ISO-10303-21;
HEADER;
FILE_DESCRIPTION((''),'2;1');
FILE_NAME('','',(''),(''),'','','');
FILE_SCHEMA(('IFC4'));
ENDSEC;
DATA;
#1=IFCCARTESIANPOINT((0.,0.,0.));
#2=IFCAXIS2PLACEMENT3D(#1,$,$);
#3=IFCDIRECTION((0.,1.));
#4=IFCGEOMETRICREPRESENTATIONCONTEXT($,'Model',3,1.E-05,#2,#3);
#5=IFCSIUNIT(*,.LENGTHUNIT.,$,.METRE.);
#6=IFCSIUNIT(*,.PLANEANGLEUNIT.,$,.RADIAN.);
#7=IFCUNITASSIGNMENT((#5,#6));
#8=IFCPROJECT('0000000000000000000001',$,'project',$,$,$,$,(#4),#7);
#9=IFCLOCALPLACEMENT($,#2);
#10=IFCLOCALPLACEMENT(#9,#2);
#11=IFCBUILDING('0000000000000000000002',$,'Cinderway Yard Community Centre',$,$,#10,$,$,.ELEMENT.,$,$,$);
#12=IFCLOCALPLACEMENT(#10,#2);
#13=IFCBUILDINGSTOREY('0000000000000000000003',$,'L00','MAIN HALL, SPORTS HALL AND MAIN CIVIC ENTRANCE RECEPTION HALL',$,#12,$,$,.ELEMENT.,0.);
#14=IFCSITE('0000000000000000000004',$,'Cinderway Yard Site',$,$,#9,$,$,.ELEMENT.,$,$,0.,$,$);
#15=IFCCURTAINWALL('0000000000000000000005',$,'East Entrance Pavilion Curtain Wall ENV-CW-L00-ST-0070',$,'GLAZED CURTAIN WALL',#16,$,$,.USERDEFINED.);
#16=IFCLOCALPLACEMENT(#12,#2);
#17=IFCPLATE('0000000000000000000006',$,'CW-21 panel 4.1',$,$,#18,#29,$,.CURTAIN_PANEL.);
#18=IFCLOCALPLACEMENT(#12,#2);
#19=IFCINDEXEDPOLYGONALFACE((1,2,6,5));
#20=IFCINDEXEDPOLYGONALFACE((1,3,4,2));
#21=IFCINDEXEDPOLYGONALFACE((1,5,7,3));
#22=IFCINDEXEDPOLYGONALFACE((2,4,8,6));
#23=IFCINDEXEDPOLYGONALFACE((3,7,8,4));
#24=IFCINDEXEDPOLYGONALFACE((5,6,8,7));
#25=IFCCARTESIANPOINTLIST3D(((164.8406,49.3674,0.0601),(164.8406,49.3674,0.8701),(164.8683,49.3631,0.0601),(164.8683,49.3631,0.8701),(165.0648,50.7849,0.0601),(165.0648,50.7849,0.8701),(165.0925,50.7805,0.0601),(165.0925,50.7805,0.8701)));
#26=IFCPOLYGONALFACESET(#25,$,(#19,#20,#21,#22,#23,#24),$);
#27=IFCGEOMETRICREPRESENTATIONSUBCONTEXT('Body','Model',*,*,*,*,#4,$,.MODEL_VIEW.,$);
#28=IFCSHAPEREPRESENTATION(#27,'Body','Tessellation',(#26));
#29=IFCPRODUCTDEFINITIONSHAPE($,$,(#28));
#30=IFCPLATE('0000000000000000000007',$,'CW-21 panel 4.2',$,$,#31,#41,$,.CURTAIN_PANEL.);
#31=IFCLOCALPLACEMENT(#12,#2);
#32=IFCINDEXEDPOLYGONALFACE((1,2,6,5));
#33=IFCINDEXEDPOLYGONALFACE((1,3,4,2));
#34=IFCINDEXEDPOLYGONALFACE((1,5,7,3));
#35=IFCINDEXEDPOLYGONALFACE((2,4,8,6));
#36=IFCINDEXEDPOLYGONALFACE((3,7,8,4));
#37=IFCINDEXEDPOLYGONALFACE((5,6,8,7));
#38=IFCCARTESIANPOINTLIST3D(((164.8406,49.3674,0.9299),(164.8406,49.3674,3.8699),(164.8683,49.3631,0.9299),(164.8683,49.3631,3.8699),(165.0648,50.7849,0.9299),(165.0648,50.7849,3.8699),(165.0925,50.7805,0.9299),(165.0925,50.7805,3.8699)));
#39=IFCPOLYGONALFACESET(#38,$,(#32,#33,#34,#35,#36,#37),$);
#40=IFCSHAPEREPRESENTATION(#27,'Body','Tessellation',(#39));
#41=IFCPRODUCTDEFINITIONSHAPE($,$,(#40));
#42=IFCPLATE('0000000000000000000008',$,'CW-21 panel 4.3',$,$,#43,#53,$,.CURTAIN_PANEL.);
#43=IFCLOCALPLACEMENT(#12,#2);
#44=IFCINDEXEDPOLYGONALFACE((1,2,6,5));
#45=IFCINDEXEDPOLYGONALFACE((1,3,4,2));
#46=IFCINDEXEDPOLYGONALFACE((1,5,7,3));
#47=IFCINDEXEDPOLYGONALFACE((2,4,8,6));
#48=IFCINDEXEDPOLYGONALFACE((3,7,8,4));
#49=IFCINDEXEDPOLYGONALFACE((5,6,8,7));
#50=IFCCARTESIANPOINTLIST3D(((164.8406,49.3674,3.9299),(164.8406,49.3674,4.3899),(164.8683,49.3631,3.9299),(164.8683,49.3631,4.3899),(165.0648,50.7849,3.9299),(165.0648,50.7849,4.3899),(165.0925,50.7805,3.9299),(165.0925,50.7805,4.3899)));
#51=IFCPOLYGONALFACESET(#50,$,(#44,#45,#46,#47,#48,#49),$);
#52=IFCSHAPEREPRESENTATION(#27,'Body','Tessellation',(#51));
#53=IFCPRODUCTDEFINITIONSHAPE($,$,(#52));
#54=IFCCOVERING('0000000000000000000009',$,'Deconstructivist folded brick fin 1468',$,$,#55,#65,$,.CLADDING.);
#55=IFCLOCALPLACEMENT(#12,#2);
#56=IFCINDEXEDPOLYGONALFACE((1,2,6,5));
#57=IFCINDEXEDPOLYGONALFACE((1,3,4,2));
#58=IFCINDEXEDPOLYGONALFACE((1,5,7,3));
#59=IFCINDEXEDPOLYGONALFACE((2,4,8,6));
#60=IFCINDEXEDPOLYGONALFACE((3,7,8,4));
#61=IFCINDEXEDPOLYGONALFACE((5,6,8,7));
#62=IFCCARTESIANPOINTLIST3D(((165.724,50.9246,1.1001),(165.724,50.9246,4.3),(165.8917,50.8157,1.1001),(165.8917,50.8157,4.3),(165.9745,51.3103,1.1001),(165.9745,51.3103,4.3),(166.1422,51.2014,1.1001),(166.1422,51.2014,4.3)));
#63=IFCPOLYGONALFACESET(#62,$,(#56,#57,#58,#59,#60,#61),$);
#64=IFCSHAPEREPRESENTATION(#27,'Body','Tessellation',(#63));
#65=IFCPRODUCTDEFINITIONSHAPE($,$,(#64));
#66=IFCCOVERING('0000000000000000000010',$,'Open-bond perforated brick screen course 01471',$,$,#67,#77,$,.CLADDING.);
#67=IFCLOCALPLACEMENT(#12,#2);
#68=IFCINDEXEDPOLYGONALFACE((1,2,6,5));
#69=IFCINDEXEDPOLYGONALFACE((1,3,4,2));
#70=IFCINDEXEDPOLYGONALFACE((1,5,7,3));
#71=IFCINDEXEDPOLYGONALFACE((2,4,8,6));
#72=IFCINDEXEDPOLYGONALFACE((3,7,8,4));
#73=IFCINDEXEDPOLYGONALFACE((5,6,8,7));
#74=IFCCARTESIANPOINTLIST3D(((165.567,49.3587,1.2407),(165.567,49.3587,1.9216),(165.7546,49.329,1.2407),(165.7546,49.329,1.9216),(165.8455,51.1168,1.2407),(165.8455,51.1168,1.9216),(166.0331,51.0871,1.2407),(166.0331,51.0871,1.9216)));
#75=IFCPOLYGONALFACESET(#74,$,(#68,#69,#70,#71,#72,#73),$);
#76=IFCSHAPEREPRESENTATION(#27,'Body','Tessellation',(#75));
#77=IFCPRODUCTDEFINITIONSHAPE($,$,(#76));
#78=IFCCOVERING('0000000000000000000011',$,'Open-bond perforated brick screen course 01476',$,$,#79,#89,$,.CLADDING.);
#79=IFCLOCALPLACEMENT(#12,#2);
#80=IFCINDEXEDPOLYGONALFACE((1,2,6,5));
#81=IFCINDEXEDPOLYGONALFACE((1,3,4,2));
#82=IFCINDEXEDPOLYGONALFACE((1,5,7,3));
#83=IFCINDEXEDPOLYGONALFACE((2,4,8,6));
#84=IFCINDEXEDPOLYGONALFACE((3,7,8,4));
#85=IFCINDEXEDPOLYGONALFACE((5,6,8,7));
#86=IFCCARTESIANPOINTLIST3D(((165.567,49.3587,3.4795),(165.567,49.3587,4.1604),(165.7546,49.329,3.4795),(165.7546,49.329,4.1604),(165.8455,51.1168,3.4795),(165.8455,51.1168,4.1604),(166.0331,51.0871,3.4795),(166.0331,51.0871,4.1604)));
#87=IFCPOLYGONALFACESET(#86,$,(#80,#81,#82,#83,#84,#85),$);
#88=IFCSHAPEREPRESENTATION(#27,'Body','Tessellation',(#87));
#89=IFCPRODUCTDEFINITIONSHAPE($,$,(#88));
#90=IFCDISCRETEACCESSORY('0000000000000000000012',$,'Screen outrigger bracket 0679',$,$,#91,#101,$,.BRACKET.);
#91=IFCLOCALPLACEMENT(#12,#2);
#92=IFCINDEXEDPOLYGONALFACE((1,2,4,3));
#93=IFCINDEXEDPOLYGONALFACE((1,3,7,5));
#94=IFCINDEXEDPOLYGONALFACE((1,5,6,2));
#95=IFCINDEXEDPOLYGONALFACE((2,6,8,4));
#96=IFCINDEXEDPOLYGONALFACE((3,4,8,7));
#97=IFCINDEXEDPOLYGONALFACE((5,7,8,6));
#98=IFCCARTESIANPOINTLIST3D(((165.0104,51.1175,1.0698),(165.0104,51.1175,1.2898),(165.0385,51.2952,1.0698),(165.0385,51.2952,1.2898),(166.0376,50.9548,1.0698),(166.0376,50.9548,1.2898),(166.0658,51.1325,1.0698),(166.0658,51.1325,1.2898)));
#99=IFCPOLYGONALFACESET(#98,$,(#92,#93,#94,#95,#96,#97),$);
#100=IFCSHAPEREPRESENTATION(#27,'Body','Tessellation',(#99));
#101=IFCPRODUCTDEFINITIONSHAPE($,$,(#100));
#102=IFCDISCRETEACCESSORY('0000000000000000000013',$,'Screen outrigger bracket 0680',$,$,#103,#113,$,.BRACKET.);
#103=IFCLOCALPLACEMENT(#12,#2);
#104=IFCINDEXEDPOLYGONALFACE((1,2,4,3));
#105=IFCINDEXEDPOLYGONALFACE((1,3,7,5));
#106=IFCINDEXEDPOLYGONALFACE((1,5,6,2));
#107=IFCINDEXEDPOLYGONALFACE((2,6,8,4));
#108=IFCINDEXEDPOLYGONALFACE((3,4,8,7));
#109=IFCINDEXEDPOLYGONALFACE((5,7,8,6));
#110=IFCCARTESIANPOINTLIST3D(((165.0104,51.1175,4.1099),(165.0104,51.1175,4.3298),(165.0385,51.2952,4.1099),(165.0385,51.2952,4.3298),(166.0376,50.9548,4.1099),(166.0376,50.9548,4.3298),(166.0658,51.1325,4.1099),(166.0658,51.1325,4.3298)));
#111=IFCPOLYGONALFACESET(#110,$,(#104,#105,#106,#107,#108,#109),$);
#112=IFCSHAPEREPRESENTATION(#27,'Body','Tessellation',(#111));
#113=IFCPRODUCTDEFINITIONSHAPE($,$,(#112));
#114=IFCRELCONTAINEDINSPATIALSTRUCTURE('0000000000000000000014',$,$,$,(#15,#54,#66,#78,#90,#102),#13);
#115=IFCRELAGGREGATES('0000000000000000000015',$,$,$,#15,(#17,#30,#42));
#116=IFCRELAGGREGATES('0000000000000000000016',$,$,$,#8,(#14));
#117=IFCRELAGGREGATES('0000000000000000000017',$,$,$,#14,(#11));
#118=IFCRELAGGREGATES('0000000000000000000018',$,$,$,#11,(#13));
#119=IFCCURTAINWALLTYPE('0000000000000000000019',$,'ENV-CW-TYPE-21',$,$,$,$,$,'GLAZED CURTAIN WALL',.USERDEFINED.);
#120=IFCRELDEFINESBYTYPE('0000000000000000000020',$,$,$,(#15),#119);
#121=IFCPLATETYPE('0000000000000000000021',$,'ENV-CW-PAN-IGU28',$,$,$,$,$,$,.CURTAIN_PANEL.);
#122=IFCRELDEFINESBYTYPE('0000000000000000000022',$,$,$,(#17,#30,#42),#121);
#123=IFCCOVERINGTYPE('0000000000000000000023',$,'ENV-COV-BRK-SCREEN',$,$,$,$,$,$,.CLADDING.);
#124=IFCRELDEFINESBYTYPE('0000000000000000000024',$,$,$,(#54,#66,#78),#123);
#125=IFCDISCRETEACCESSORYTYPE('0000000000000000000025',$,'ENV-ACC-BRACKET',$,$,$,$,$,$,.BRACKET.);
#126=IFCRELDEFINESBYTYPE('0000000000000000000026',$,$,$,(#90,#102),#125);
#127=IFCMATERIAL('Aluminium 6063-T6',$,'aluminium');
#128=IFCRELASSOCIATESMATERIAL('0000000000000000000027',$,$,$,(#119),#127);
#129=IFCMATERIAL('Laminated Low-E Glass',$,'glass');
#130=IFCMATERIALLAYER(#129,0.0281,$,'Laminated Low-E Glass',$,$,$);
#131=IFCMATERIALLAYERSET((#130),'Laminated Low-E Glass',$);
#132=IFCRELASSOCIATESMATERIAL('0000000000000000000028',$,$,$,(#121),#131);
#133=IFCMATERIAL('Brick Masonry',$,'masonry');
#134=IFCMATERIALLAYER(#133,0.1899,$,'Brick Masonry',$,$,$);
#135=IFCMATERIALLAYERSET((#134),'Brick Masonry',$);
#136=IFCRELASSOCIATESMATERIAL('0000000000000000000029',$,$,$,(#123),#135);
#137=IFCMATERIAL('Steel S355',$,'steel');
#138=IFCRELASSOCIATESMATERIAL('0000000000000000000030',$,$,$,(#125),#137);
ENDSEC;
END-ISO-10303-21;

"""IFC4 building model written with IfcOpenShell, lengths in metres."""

from ifc_helpers import new_model, si_unit, direction, frame, origin, origin_2d, place, context, subcontext, project, spatial, rectangle, extrude, material, layer, layer_set, type_object, element, aggregate, save


model = new_model("IFC4")

# Units and contexts
model_context = context("Model", 3, precision=1e-05, world=origin(), true_north=direction((0.0, 1.0)))
body_context = subcontext(model_context, "Body", "Model", "MODEL_VIEW")
ifc_project = project(units=[si_unit("LENGTHUNIT", "METRE"), si_unit("PLANEANGLEUNIT", "RADIAN")], contexts=[model_context])

# Site, building, storey
site_placement = place(None, origin())
site = spatial("IfcSite", under=ifc_project, at=site_placement, Name="Cinderway Yard Site", CompositionType="ELEMENT", RefElevation=0.0)
building_placement = place(site_placement, origin())
building = spatial("IfcBuilding", under=site, at=building_placement, Name="Cinderway Yard Community Centre", CompositionType="ELEMENT")
storey_placement = place(building_placement, origin())
storey = spatial("IfcBuildingStorey", under=building, at=storey_placement, Name="L00", Description="MAIN HALL, SPORTS HALL AND MAIN CIVIC ENTRANCE RECEPTION HALL", CompositionType="ELEMENT", Elevation=0.0)

# Curtain wall
ifc_material_1 = material(Name="Aluminium 6063-T6", Category="aluminium")
curtain_wall_type = type_object("IfcCurtainWallType", Name="ENV-CW-TYPE-21", ElementType="GLAZED CURTAIN WALL", PredefinedType="USERDEFINED", material=ifc_material_1)
curtain_wall_placement = place(storey_placement, origin())
curtain_wall = element("IfcCurtainWall", 1, at=curtain_wall_placement, inside=storey, type_object=curtain_wall_type, Name="East Entrance Pavilion Curtain Wall ENV-CW-L00-ST-0070", ObjectType="GLAZED CURTAIN WALL", PredefinedType="USERDEFINED")

# Shared definitions
ifc_material_2 = material(Name="Steel S355", Category="steel")

# Plates
ifc_material_3 = material(Name="Laminated Low-E Glass", Category="glass")
ifc_layer_1 = layer(ifc_material_3, 0.0281, Name="Laminated Low-E Glass")
ifc_layer_set_1 = layer_set([ifc_layer_1], Name="Laminated Low-E Glass")
plate_type = type_object("IfcPlateType", Name="ENV-CW-PAN-IGU28", PredefinedType="CURTAIN_PANEL", material=ifc_layer_set_1)
plate_1_placement = place(storey_placement, frame((164.9666, 50.074, 0.0601), z_axis=(0.0, 0.0, 1.0), x_axis=(0.156232, 0.98772, 0.0)))
plate_1 = element("IfcPlate", 2, at=plate_1_placement, type_object=plate_type, Name="CW-21 panel 4.1", PredefinedType="CURTAIN_PANEL", context=body_context, shape_type="SweptSolid", body=[
    extrude(rectangle(XDim=1.4351, YDim=0.0281, at=origin_2d()), origin(), (0.0, 0.0, 1.0), 0.8101),
])
plate_2_placement = place(storey_placement, frame((164.9666, 50.074, 0.9299), z_axis=(0.0, 0.0, 1.0), x_axis=(0.156232, 0.98772, 0.0)))
plate_2 = element("IfcPlate", 3, at=plate_2_placement, type_object=plate_type, Name="CW-21 panel 4.2", PredefinedType="CURTAIN_PANEL", context=body_context, shape_type="SweptSolid", body=[
    extrude(rectangle(XDim=1.4351, YDim=0.0281, at=origin_2d()), origin(), (0.0, 0.0, 1.0), 2.9399),
])
plate_3_placement = place(storey_placement, frame((164.9666, 50.074, 3.9299), z_axis=(0.0, 0.0, 1.0), x_axis=(0.156232, 0.98772, 0.0)))
plate_3 = element("IfcPlate", 4, at=plate_3_placement, type_object=plate_type, Name="CW-21 panel 4.3", PredefinedType="CURTAIN_PANEL", context=body_context, shape_type="SweptSolid", body=[
    extrude(rectangle(XDim=1.4351, YDim=0.0281, at=origin_2d()), origin(), (0.0, 0.0, 1.0), 0.46),
])
aggregate(curtain_wall, [plate_1, plate_2, plate_3])

# Coverings
ifc_material_4 = material(Name="Brick Masonry", Category="masonry")
ifc_layer_2 = layer(ifc_material_4, 0.1899, Name="Brick Masonry")
ifc_layer_set_2 = layer_set([ifc_layer_2], Name="Brick Masonry")
covering_type = type_object("IfcCoveringType", Name="ENV-COV-BRK-SCREEN", PredefinedType="CLADDING", material=ifc_layer_set_2)
covering_placement = place(storey_placement, frame((165.9331, 51.063, 1.1001), z_axis=(0.0, 0.0, 1.0), x_axis=(-0.544639, -0.838671, 0.0)))
element("IfcCovering", 5, at=covering_placement, inside=storey, type_object=covering_type, Name="Deconstructivist folded brick fin 1468", PredefinedType="CLADDING", context=body_context, shape_type="SweptSolid", body=[
    extrude(rectangle(XDim=0.46, YDim=0.2, at=origin_2d()), origin(), (0.0, 0.0, 1.0), 3.2),
])
for number, where, z_axis, x_axis, name in (
    (6, (165.8, 50.2229, 1.2407), (0.0, 0.0, 1.0), (-0.156434, -0.987688, 0.0), "Open-bond perforated brick screen course 01471"),
    (7, (165.8, 50.2229, 3.4795), (0.0, 0.0, 1.0), (-0.156434, -0.987688, 0.0), "Open-bond perforated brick screen course 01476"),
):
    element("IfcCovering", number, at=place(storey_placement, frame(where, z_axis=z_axis, x_axis=x_axis)), inside=storey, type_object=covering_type, Name=name, PredefinedType="CLADDING", context=body_context, shape_type="SweptSolid", body=[
        extrude(rectangle(XDim=1.78, YDim=0.1899, at=origin_2d()), origin(), (0.0, 0.0, 1.0), 0.6809),
    ])

# Discrete accessories
discrete_accessory_type = type_object("IfcDiscreteAccessoryType", Name="ENV-ACC-BRACKET", PredefinedType="BRACKET", material=ifc_material_2)
for number, where, z_axis, x_axis, name in (
    (8, (165.5381, 51.125, 1.0698), (0.0, 0.0, 1.0), (0.987688, -0.156434, 0.0), "Screen outrigger bracket 0679"),
    (9, (165.5381, 51.125, 4.1099), (0.0, 0.0, 1.0), (0.987688, -0.156434, 0.0), "Screen outrigger bracket 0680"),
):
    element("IfcDiscreteAccessory", number, at=place(storey_placement, frame(where, z_axis=z_axis, x_axis=x_axis)), inside=storey, type_object=discrete_accessory_type, Name=name, PredefinedType="BRACKET", context=body_context, shape_type="SweptSolid", body=[
        extrude(rectangle(XDim=1.04, YDim=0.1799, at=origin_2d()), origin(), (0.0, 0.0, 1.0), 0.22),
    ])

save(model, "model.ifc")
